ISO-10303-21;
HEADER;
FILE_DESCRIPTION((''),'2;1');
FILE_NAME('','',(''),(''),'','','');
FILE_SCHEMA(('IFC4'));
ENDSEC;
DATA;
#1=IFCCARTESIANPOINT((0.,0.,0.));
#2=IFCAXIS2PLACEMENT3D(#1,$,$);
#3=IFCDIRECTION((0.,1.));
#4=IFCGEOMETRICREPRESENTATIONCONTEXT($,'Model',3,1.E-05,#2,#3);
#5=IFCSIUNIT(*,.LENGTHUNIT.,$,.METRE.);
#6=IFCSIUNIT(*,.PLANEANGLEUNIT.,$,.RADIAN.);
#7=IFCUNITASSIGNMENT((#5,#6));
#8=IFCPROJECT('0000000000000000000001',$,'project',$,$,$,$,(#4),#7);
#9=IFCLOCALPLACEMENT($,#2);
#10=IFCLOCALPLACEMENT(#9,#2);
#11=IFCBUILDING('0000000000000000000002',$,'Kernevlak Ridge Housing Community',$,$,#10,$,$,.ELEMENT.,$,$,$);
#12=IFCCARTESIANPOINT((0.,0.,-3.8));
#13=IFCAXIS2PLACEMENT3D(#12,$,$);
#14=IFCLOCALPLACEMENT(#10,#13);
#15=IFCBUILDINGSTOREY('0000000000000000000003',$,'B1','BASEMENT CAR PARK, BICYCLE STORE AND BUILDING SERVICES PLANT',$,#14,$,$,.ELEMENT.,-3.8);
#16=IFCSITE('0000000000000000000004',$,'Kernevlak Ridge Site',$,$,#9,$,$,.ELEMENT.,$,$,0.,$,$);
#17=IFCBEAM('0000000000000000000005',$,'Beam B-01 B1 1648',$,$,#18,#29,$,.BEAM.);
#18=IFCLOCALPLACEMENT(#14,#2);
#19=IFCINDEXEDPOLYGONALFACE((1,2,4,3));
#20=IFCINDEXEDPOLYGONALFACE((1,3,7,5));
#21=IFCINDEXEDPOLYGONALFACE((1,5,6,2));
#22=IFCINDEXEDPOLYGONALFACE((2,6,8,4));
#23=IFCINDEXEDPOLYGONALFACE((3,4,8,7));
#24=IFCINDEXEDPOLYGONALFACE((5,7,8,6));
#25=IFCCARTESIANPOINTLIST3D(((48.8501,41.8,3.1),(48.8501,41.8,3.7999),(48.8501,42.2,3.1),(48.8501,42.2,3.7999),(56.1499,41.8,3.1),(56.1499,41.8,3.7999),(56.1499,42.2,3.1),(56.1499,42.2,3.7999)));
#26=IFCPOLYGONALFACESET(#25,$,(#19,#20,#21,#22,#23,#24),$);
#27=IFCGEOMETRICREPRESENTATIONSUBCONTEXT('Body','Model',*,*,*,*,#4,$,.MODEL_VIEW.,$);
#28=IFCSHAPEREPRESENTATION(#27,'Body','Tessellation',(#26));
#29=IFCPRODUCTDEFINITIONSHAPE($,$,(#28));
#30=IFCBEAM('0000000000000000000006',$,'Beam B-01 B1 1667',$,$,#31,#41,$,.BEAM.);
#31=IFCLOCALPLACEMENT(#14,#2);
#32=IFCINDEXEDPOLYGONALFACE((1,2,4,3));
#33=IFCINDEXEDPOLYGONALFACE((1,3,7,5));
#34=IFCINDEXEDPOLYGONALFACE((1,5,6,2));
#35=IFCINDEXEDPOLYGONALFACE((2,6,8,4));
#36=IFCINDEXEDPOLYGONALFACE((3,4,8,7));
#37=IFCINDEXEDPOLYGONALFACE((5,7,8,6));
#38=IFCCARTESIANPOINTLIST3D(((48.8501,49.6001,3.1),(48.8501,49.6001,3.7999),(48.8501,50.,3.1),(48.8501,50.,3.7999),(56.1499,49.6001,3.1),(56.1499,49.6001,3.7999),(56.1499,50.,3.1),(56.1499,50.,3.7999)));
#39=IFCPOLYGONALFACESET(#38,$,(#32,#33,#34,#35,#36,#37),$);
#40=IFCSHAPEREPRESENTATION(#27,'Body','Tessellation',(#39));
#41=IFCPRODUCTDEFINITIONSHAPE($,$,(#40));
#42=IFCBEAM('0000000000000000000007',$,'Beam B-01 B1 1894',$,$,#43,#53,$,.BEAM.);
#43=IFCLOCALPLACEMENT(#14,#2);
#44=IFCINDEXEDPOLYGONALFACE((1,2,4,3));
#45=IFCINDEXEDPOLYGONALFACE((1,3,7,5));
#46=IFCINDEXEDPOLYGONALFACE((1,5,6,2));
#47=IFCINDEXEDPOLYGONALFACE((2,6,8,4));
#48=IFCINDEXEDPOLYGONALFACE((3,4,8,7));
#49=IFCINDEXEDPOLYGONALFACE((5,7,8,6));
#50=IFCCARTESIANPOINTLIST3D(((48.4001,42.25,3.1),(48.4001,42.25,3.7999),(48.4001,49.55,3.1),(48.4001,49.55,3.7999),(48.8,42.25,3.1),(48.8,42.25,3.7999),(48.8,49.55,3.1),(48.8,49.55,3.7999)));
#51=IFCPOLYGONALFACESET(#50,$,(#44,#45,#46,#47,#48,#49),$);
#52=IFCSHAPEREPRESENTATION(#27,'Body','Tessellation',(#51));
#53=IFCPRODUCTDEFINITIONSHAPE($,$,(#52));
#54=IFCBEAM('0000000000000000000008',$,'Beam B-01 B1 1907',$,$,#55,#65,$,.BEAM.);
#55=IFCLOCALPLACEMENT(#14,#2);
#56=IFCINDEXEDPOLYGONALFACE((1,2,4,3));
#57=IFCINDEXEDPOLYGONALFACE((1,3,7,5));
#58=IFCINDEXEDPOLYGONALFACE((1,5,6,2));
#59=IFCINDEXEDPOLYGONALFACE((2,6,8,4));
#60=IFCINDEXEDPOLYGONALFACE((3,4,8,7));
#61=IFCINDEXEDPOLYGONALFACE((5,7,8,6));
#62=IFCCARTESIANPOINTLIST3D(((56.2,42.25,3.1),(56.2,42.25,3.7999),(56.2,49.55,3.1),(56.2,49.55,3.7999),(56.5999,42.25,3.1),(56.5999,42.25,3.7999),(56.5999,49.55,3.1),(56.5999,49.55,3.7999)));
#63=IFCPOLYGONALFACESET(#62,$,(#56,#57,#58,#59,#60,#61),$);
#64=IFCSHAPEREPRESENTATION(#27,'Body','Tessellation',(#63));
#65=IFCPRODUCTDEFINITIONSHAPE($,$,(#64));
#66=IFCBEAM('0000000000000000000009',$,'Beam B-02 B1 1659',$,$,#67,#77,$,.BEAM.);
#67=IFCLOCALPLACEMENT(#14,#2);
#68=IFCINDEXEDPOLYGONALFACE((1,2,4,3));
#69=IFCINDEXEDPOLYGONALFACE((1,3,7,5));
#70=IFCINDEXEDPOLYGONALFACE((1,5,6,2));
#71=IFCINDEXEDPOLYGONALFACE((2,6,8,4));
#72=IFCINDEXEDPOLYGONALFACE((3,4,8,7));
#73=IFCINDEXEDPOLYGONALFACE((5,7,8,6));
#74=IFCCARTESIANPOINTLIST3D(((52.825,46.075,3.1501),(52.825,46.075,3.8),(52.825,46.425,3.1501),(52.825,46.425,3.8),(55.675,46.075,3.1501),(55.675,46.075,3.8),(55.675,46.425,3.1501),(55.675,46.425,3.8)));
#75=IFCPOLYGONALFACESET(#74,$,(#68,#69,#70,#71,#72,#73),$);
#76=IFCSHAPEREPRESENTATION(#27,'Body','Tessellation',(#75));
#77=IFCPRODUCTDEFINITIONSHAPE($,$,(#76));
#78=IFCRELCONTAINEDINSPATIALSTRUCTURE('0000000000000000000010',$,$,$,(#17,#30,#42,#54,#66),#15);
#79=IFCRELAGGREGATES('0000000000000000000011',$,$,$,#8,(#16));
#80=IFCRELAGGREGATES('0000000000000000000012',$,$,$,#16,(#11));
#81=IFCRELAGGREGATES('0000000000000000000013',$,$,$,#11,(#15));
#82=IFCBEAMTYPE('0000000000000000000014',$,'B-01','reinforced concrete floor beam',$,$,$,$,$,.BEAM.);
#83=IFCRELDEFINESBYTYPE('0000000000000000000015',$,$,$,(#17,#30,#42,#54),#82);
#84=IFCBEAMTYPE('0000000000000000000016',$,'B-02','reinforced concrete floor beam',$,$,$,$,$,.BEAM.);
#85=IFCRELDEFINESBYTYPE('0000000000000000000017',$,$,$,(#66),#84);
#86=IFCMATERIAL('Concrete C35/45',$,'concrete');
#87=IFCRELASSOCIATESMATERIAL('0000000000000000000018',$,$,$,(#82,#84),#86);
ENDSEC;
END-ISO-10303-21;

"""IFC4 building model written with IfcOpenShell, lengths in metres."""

from ifc_helpers import new_model, si_unit, direction, frame, origin, origin_2d, place, context, subcontext, project, spatial, rectangle, extrude, material, material_profile, profile_set, type_object, element, save


model = new_model("IFC4")

# Units and contexts
model_context = context("Model", 3, precision=1e-05, world=origin(), true_north=direction((0.0, 1.0)))
body_context = subcontext(model_context, "Body", "Model", "MODEL_VIEW")
ifc_project = project(units=[si_unit("LENGTHUNIT", "METRE"), si_unit("PLANEANGLEUNIT", "RADIAN")], contexts=[model_context])

# Site, building, storey
site_placement = place(None, origin())
site = spatial("IfcSite", under=ifc_project, at=site_placement, Name="Kernevlak Ridge Site", CompositionType="ELEMENT", RefElevation=0.0)
building_placement = place(site_placement, origin())
building = spatial("IfcBuilding", under=site, at=building_placement, Name="Kernevlak Ridge Housing Community", CompositionType="ELEMENT")
storey_placement = place(building_placement, frame((0.0, 0.0, -3.8)))
storey = spatial("IfcBuildingStorey", under=building, at=storey_placement, Name="B1", Description="BASEMENT CAR PARK, BICYCLE STORE AND BUILDING SERVICES PLANT", CompositionType="ELEMENT", Elevation=-3.8)

# Shared definitions
ifc_material_1 = material(Name="Concrete C35/45", Category="concrete")

# Beams
ifc_material_profile_1 = material_profile(ifc_material_1, rectangle(XDim=0.3999, YDim=0.7, at=origin_2d()), Name="RC 400x700")
ifc_profile_set_1 = profile_set([ifc_material_profile_1], Name="Concrete C35/45")
beam_type_1 = type_object("IfcBeamType", Name="B-01", Description="reinforced concrete floor beam", PredefinedType="BEAM", material=ifc_profile_set_1)
for number, where, z_axis, x_axis, name in (
    (1, (48.8501, 42.0, 3.45), (1.0, 0.0, 0.0), (0.0, 1.0, 0.0), "Beam B-01 B1 1648"),
    (2, (48.8501, 49.8, 3.45), (1.0, 0.0, 0.0), (0.0, 1.0, 0.0), "Beam B-01 B1 1667"),
):
    element("IfcBeam", number, at=place(storey_placement, frame(where, z_axis=z_axis, x_axis=x_axis)), inside=storey, type_object=beam_type_1, Name=name, PredefinedType="BEAM", context=body_context, shape_type="SweptSolid", body=[
        extrude(rectangle(XDim=0.3999, YDim=0.7, at=origin_2d()), origin(), (0.0, 0.0, 1.0), 7.2998),
    ])
for number, where, z_axis, x_axis, name in (
    (3, (48.6001, 42.25, 3.45), (0.0, 1.0, 0.0), (-1.0, 0.0, 0.0), "Beam B-01 B1 1894"),
    (4, (56.3999, 42.25, 3.45), (0.0, 1.0, 0.0), (-1.0, 0.0, 0.0), "Beam B-01 B1 1907"),
):
    element("IfcBeam", number, at=place(storey_placement, frame(where, z_axis=z_axis, x_axis=x_axis)), inside=storey, type_object=beam_type_1, Name=name, PredefinedType="BEAM", context=body_context, shape_type="SweptSolid", body=[
        extrude(rectangle(XDim=0.3999, YDim=0.7, at=origin_2d()), origin(), (0.0, 0.0, 1.0), 7.3),
    ])
ifc_material_profile_2 = material_profile(ifc_material_1, rectangle(XDim=0.3501, YDim=0.6499, at=origin_2d()), Name="RC 350x650")
ifc_profile_set_2 = profile_set([ifc_material_profile_2], Name="Concrete C35/45")
beam_type_2 = type_object("IfcBeamType", Name="B-02", Description="reinforced concrete floor beam", PredefinedType="BEAM", material=ifc_profile_set_2)
beam_placement = place(storey_placement, frame((52.825, 46.25, 3.4751), z_axis=(1.0, 0.0, 0.0), x_axis=(0.0, 1.0, 0.0)))
element("IfcBeam", 5, at=beam_placement, inside=storey, type_object=beam_type_2, Name="Beam B-02 B1 1659", PredefinedType="BEAM", context=body_context, shape_type="SweptSolid", body=[
    extrude(rectangle(XDim=0.3501, YDim=0.6499, at=origin_2d()), origin(), (0.0, 0.0, 1.0), 2.8501),
])

save(model, "model.ifc")
